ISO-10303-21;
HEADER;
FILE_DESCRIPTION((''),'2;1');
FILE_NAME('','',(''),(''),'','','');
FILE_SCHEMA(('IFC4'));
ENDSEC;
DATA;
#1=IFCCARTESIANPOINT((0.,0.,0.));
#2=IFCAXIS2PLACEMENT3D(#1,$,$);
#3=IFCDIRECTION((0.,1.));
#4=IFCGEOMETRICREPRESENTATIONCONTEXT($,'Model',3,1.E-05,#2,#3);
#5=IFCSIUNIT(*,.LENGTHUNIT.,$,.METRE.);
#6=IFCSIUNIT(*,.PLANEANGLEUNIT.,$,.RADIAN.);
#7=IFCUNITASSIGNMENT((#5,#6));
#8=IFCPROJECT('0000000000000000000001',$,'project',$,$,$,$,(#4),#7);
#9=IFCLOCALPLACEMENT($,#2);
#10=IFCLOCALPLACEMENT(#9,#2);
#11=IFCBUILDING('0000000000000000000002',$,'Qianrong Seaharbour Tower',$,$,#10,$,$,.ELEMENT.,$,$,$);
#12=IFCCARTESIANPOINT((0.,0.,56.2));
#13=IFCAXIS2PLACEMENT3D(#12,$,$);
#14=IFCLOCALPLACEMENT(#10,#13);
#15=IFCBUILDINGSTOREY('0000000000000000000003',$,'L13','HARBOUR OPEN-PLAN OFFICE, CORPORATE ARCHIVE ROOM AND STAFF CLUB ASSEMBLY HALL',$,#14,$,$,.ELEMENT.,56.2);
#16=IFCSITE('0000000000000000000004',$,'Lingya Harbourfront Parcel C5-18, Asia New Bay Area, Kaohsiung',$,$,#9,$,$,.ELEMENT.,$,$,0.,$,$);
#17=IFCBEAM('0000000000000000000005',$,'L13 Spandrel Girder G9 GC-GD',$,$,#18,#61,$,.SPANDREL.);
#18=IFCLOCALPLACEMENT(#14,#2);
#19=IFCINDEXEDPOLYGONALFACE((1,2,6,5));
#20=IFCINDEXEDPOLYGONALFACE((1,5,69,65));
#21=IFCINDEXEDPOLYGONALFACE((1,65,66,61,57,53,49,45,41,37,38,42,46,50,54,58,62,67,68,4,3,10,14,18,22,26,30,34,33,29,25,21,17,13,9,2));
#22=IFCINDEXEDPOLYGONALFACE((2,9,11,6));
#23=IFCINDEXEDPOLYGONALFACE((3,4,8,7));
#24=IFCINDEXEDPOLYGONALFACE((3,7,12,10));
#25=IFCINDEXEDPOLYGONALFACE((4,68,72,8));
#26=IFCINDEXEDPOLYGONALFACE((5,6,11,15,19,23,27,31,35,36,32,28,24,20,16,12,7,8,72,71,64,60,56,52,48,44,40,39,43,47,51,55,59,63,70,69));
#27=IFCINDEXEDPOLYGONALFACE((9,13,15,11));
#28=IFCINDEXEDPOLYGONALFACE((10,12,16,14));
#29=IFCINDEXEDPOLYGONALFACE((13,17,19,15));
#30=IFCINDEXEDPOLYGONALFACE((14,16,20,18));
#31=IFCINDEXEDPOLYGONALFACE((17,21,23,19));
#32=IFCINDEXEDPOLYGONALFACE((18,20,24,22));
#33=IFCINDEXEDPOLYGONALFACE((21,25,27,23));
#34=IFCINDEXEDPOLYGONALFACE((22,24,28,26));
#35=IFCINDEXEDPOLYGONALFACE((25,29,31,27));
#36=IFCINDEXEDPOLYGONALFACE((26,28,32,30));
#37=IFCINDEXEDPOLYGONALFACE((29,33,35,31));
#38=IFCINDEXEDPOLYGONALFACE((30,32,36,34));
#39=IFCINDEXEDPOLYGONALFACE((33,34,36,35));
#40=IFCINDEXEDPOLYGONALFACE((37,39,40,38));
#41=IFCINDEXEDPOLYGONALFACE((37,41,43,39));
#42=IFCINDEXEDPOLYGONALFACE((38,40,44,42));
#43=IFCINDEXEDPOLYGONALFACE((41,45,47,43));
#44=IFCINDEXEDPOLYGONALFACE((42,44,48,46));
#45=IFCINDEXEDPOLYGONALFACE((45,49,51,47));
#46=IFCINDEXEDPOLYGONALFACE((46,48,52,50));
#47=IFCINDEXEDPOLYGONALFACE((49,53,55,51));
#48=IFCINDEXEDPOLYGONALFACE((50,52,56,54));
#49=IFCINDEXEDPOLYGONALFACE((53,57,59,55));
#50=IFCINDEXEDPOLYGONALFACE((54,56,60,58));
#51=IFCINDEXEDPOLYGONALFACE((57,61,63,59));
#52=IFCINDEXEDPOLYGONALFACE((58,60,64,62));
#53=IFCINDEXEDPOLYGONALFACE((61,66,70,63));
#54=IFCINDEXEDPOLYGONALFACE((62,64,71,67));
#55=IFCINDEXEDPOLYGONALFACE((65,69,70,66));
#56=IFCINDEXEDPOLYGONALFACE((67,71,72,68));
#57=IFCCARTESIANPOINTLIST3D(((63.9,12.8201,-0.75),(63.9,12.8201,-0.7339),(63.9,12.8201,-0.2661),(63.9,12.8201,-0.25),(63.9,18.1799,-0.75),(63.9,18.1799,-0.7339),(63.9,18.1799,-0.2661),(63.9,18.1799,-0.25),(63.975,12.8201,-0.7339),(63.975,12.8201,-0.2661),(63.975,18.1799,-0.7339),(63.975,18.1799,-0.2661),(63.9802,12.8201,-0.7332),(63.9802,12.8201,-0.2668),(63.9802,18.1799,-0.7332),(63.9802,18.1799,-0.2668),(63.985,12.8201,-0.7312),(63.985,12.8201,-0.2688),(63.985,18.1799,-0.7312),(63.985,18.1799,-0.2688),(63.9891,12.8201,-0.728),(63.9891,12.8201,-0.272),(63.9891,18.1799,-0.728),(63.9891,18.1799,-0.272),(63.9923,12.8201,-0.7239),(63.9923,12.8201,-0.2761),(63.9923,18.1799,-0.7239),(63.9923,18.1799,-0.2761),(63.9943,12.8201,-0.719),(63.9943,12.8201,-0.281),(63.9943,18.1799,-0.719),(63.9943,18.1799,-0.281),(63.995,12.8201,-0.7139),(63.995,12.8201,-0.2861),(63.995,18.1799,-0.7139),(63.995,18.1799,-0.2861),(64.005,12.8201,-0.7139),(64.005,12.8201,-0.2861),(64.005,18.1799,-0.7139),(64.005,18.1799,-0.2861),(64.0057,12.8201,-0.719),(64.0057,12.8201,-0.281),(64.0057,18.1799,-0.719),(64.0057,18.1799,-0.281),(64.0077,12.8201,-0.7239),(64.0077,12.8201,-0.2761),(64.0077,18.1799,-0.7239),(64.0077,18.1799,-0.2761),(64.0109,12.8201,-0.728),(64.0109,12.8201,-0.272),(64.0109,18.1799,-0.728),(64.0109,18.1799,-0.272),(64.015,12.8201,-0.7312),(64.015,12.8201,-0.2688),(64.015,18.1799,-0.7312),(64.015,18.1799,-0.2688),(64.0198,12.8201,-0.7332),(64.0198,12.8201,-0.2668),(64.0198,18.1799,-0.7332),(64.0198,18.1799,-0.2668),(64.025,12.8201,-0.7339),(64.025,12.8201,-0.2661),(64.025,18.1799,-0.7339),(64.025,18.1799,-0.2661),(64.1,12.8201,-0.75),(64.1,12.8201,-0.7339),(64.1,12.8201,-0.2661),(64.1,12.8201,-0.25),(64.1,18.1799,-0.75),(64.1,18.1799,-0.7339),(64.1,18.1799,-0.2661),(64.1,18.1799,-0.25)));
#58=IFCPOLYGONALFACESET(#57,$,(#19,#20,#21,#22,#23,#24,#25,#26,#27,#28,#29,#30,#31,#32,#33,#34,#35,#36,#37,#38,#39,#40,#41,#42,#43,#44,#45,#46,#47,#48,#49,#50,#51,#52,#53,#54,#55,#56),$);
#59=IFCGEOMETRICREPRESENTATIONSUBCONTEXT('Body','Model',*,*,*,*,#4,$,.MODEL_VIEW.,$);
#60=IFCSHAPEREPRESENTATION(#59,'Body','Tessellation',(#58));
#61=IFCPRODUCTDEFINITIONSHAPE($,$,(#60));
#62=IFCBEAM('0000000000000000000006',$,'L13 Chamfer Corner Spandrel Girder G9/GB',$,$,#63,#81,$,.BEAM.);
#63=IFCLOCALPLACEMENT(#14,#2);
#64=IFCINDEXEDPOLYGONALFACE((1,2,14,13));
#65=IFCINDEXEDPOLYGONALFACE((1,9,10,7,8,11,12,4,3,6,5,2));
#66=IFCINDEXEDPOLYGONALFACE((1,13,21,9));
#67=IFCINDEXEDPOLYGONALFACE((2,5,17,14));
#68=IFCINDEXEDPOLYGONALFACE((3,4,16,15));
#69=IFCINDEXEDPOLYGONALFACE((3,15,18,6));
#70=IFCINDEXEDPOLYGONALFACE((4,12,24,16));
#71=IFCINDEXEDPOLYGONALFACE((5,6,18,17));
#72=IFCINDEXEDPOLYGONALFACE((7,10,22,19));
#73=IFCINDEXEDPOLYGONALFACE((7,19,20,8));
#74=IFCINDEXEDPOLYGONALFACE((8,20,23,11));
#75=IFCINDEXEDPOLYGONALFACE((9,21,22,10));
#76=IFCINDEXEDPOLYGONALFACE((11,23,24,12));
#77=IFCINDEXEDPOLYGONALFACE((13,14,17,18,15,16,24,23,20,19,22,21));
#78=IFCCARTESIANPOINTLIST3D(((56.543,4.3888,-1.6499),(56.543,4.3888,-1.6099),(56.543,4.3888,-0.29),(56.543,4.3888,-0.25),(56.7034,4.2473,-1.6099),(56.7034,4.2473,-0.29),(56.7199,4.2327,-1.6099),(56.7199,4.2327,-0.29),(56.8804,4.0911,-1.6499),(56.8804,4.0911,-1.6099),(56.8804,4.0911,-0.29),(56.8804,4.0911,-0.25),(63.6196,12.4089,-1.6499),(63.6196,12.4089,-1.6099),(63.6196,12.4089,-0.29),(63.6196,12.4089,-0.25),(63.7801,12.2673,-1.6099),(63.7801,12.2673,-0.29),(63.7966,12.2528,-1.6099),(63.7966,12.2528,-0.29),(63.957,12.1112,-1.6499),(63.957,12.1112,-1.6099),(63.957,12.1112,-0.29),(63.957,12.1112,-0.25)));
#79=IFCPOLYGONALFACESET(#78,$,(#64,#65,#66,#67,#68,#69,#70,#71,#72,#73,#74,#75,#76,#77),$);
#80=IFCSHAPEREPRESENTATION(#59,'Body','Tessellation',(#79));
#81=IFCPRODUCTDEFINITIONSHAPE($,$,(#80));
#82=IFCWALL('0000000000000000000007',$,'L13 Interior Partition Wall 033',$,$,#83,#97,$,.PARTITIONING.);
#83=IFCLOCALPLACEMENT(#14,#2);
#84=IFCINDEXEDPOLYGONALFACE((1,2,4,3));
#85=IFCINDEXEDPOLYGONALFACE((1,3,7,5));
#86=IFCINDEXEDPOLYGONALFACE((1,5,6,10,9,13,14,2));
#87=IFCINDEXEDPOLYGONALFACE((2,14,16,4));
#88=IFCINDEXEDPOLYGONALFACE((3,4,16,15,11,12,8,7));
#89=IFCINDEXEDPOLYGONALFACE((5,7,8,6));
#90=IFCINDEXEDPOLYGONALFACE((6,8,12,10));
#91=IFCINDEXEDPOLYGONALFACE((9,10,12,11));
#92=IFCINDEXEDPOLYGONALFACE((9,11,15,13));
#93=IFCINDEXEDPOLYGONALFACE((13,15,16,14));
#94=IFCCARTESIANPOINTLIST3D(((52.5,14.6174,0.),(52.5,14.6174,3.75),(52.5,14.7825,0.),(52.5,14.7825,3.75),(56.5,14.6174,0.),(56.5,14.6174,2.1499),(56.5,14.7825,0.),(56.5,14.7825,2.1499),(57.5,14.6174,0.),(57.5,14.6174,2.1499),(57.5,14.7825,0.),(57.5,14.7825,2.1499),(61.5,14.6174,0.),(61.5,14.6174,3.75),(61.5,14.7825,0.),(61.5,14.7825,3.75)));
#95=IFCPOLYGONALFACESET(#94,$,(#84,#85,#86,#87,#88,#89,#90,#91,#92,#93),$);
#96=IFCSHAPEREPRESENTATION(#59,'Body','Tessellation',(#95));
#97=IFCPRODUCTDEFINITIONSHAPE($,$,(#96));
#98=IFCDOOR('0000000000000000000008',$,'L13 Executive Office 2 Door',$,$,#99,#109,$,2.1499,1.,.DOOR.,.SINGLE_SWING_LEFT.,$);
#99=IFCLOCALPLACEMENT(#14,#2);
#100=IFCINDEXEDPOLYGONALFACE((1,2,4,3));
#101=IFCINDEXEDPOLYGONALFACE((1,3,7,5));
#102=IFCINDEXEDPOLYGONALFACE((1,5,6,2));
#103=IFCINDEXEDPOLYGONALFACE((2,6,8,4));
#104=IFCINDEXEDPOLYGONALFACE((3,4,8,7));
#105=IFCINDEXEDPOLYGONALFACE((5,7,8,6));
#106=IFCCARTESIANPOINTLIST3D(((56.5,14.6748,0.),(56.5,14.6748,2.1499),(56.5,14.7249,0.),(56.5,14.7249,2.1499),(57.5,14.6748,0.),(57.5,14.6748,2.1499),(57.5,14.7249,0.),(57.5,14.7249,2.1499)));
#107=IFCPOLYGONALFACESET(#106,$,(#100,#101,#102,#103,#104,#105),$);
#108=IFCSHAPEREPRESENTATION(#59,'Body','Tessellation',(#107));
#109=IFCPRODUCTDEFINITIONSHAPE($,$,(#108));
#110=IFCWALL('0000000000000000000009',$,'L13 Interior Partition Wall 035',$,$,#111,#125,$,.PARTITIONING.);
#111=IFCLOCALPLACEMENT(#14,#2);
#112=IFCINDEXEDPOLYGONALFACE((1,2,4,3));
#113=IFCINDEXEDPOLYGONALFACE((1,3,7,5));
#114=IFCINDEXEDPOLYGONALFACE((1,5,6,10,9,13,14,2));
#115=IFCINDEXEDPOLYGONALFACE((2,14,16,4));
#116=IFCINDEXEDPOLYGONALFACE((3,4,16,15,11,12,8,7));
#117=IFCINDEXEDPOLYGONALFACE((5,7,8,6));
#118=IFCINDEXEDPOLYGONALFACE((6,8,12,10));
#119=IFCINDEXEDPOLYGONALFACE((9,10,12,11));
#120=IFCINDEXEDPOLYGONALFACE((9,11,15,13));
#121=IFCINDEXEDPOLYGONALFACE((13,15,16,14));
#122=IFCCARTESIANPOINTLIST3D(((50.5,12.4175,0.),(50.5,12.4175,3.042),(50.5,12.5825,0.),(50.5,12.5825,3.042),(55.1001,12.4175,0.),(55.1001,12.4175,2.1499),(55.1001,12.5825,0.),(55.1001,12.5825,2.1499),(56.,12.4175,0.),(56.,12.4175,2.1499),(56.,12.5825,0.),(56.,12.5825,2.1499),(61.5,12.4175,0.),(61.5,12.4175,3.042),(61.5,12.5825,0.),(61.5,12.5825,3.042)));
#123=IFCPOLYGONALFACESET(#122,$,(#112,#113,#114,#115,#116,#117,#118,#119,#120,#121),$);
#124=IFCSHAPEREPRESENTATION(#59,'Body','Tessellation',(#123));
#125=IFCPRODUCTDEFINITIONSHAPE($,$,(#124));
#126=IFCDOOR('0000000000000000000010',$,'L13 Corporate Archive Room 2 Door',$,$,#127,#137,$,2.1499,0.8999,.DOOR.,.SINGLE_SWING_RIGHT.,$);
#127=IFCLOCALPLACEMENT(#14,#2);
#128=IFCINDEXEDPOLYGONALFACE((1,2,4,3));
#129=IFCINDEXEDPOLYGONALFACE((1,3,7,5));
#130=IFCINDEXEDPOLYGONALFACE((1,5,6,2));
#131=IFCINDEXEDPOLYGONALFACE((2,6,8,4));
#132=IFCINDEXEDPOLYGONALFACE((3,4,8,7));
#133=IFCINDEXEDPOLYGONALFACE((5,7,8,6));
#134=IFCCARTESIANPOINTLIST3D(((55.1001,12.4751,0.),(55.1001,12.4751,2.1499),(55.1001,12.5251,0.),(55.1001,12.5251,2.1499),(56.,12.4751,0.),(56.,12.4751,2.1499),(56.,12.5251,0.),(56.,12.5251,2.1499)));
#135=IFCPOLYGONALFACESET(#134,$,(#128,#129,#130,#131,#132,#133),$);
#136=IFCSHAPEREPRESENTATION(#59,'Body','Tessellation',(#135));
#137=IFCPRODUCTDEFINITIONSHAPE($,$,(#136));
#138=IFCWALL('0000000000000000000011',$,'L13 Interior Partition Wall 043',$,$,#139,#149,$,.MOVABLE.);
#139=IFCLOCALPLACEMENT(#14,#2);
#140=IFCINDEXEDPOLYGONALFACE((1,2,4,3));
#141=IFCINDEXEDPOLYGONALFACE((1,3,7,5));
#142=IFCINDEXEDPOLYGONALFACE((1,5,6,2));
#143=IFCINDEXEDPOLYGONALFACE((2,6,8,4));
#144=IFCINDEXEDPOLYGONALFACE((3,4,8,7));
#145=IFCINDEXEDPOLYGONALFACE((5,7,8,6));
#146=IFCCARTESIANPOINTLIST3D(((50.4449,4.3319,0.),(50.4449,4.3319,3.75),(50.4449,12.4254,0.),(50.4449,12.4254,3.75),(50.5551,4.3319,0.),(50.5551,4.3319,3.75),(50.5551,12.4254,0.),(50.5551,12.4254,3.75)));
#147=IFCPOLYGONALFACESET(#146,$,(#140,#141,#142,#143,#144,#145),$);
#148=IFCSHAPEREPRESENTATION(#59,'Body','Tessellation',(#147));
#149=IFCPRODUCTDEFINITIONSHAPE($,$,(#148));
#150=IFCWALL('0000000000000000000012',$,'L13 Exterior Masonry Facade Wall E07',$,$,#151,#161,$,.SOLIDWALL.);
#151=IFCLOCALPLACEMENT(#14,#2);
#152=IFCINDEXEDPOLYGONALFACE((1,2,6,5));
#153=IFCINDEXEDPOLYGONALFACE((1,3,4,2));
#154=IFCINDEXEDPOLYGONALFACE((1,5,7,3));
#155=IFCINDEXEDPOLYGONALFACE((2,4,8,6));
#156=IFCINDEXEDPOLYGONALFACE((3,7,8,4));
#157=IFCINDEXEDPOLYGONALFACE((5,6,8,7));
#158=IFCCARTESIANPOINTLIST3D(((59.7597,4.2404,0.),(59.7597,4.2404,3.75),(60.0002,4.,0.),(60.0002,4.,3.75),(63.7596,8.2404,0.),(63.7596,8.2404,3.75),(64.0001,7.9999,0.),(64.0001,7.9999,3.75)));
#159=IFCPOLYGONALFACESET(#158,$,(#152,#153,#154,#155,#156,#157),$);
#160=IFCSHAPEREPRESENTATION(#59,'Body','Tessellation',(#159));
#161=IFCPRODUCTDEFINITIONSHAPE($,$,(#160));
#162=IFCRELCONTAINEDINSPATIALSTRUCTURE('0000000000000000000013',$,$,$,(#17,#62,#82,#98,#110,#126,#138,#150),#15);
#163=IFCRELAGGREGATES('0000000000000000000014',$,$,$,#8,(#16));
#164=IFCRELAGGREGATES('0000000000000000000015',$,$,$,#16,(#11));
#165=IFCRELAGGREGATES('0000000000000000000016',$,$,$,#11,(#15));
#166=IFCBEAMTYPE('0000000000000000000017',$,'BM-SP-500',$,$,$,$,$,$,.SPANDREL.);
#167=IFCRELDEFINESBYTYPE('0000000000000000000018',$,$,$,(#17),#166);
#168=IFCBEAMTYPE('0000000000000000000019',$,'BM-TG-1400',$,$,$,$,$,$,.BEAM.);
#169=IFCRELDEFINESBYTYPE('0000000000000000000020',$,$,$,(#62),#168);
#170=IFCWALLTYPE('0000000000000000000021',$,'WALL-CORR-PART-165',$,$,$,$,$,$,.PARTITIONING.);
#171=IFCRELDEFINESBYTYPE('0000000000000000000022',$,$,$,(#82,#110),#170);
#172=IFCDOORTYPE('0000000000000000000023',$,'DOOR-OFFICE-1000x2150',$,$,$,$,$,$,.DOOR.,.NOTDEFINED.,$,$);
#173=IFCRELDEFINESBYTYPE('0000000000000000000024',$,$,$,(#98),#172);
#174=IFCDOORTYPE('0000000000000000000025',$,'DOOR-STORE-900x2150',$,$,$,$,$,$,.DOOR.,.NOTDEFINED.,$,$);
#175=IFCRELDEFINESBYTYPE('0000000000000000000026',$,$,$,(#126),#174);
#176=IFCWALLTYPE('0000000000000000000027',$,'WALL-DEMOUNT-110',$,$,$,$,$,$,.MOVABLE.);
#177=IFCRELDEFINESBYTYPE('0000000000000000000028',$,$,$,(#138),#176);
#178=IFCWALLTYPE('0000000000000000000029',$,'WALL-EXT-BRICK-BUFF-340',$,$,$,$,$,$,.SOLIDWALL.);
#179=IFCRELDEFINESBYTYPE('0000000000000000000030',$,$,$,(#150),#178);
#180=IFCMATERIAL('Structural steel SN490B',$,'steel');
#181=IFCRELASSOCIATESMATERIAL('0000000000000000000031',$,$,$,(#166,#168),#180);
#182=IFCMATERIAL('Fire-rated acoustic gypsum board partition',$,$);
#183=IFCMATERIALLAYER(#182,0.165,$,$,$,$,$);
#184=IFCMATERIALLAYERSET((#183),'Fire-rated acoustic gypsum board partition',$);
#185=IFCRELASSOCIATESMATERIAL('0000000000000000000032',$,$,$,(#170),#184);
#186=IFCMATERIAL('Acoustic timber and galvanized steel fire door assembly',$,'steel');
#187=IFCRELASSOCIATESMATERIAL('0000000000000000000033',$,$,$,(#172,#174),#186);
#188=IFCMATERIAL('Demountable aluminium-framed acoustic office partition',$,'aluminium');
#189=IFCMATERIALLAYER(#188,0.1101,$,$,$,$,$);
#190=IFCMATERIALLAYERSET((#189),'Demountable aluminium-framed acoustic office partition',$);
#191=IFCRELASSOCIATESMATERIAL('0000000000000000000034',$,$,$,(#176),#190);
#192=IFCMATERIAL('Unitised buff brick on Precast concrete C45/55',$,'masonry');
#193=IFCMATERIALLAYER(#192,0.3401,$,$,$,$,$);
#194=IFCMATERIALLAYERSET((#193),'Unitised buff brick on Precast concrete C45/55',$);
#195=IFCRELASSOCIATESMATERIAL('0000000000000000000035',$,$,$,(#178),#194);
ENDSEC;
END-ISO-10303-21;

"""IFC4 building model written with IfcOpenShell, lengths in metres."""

from ifc_helpers import new_model, si_unit, direction, frame, frame_2d, origin, origin_2d, place, context, subcontext, project, spatial, rectangle, i_section, extrude, material, layer, layer_set, material_profile, profile_set, type_object, element, fill, save


model = new_model("IFC4")

# Units and contexts
model_context = context("Model", 3, precision=1e-05, world=origin(), true_north=direction((0.0, 1.0)))
body_context = subcontext(model_context, "Body", "Model", "MODEL_VIEW")
ifc_project = project(units=[si_unit("LENGTHUNIT", "METRE"), si_unit("PLANEANGLEUNIT", "RADIAN")], contexts=[model_context])

# Site, building, storey
site_placement = place(None, origin())
site = spatial("IfcSite", under=ifc_project, at=site_placement, Name="Lingya Harbourfront Parcel C5-18, Asia New Bay Area, Kaohsiung", CompositionType="ELEMENT", RefElevation=0.0)
building_placement = place(site_placement, origin())
building = spatial("IfcBuilding", under=site, at=building_placement, Name="Qianrong Seaharbour Tower", CompositionType="ELEMENT")
storey_placement = place(building_placement, frame((0.0, 0.0, 56.2)))
storey = spatial("IfcBuildingStorey", under=building, at=storey_placement, Name="L13", Description="HARBOUR OPEN-PLAN OFFICE, CORPORATE ARCHIVE ROOM AND STAFF CLUB ASSEMBLY HALL", CompositionType="ELEMENT", Elevation=56.2)

# Shared definitions
ifc_material_1 = material(Name="Structural steel SN490B", Category="steel")

# Beams
ifc_material_profile_1 = material_profile(ifc_material_1, i_section(OverallWidth=0.2, OverallDepth=0.5, WebThickness=0.01, FlangeThickness=0.0161, FilletRadius=0.02, at=origin_2d()), Name="H500x200x10x16")
ifc_profile_set_1 = profile_set([ifc_material_profile_1], Name="Structural steel SN490B")
beam_type_1 = type_object("IfcBeamType", Name="BM-SP-500", PredefinedType="SPANDREL", material=ifc_profile_set_1)
beam_1_placement = place(storey_placement, frame((64.0, 12.8201, -0.5), z_axis=(0.0, 1.0, 0.0), x_axis=(-1.0, 0.0, 0.0)))
element("IfcBeam", 1, at=beam_1_placement, inside=storey, type_object=beam_type_1, Name="L13 Spandrel Girder G9 GC-GD", PredefinedType="SPANDREL", context=body_context, shape_type="SweptSolid", body=[
    extrude(i_section(OverallWidth=0.2, OverallDepth=0.5, WebThickness=0.01, FlangeThickness=0.0161, FilletRadius=0.02, at=origin_2d()), origin(), (0.0, 0.0, 1.0), 5.3599),
])
ifc_material_profile_2 = material_profile(ifc_material_1, i_section(OverallWidth=0.45, OverallDepth=1.3999, WebThickness=0.022, FlangeThickness=0.04, at=origin_2d()), Name="BH1400x450x22x40")
ifc_profile_set_2 = profile_set([ifc_material_profile_2], Name="Structural steel SN490B")
beam_type_2 = type_object("IfcBeamType", Name="BM-TG-1400", PredefinedType="BEAM", material=ifc_profile_set_2)
beam_2_placement = place(storey_placement, frame((56.7117, 4.24, -0.95), z_axis=(0.661631, 0.74983, 0.0), x_axis=(-0.74983, 0.661631, 0.0)))
element("IfcBeam", 2, at=beam_2_placement, inside=storey, type_object=beam_type_2, Name="L13 Chamfer Corner Spandrel Girder G9/GB", PredefinedType="BEAM", context=body_context, shape_type="SweptSolid", body=[
    extrude(i_section(OverallWidth=0.45, OverallDepth=1.3999, WebThickness=0.022, FlangeThickness=0.04, at=origin_2d()), origin(), (0.0, 0.0, 1.0), 10.6958),
])

# Walls, openings, doors
ifc_material_2 = material(Name="Fire-rated acoustic gypsum board partition")
ifc_layer_1 = layer(ifc_material_2, 0.165)
ifc_layer_set_1 = layer_set([ifc_layer_1], Name="Fire-rated acoustic gypsum board partition")
wall_type_1 = type_object("IfcWallType", Name="WALL-CORR-PART-165", PredefinedType="PARTITIONING", material=ifc_layer_set_1)
wall_1_placement = place(storey_placement, frame((52.5, 14.7, 0.0), z_axis=(0.0, 0.0, 1.0), x_axis=(1.0, 0.0, 0.0)))
wall_1 = element("IfcWall", 3, at=wall_1_placement, inside=storey, type_object=wall_type_1, Name="L13 Interior Partition Wall 033", PredefinedType="PARTITIONING", context=body_context, shape_type="SweptSolid", body=[
    extrude(rectangle(XDim=9.0, YDim=0.165, at=frame_2d((4.5, 0.0))), origin(), (0.0, 0.0, 1.0), 3.75),
])
opening_1_placement = place(wall_1_placement, frame((4.0, 0.0, 0.0)))
opening_1 = element("IfcOpeningElement", 4, at=opening_1_placement, cuts=wall_1, PredefinedType="OPENING", context=body_context, shape_type="SweptSolid", body=[
    extrude(rectangle(XDim=1.0, YDim=2.1499, at=frame_2d((0.5, 1.075))), frame((0.0, 0.0925, 0.0), z_axis=(0.0, -1.0, 0.0), x_axis=(1.0, 0.0, 0.0)), (0.0, 0.0, 1.0), 0.1851),
])
ifc_material_3 = material(Name="Acoustic timber and galvanized steel fire door assembly", Category="steel")
door_type_1 = type_object("IfcDoorType", Name="DOOR-OFFICE-1000x2150", OperationType="NOTDEFINED", PredefinedType="DOOR", material=ifc_material_3)
door_1_placement = place(opening_1_placement, origin())
door_1 = element("IfcDoor", 5, at=door_1_placement, inside=storey, type_object=door_type_1, Name="L13 Executive Office 2 Door", OperationType="SINGLE_SWING_LEFT", OverallHeight=2.1499, OverallWidth=1.0, PredefinedType="DOOR", context=body_context, shape_type="SweptSolid", body=[
    extrude(rectangle(XDim=1.0, YDim=2.1499, at=frame_2d((0.5, 1.075))), frame((0.0, 0.0249, 0.0), z_axis=(0.0, -1.0, 0.0), x_axis=(1.0, 0.0, 0.0)), (0.0, 0.0, 1.0), 0.05),
])
fill(opening_1, door_1)
wall_2_placement = place(storey_placement, frame((61.5, 12.5, 0.0), z_axis=(0.0, 0.0, 1.0), x_axis=(-1.0, 0.0, 0.0)))
wall_2 = element("IfcWall", 6, at=wall_2_placement, inside=storey, type_object=wall_type_1, Name="L13 Interior Partition Wall 035", PredefinedType="PARTITIONING", context=body_context, shape_type="SweptSolid", body=[
    extrude(rectangle(XDim=11.0, YDim=0.165, at=frame_2d((5.5, 0.0))), origin(), (0.0, 0.0, 1.0), 3.042),
])
opening_2_placement = place(wall_2_placement, frame((5.5, 0.0, 0.0)))
opening_2 = element("IfcOpeningElement", 7, at=opening_2_placement, cuts=wall_2, PredefinedType="OPENING", context=body_context, shape_type="SweptSolid", body=[
    extrude(rectangle(XDim=0.8999, YDim=2.1499, at=frame_2d((0.45, 1.075))), frame((0.0, 0.0925, 0.0), z_axis=(0.0, -1.0, 0.0), x_axis=(1.0, 0.0, 0.0)), (0.0, 0.0, 1.0), 0.1851),
])
door_type_2 = type_object("IfcDoorType", Name="DOOR-STORE-900x2150", OperationType="NOTDEFINED", PredefinedType="DOOR", material=ifc_material_3)
door_2_placement = place(opening_2_placement, origin())
door_2 = element("IfcDoor", 8, at=door_2_placement, inside=storey, type_object=door_type_2, Name="L13 Corporate Archive Room 2 Door", OperationType="SINGLE_SWING_RIGHT", OverallHeight=2.1499, OverallWidth=0.8999, PredefinedType="DOOR", context=body_context, shape_type="SweptSolid", body=[
    extrude(rectangle(XDim=0.8999, YDim=2.1499, at=frame_2d((0.45, 1.075))), frame((0.0, 0.0249, 0.0), z_axis=(0.0, -1.0, 0.0), x_axis=(1.0, 0.0, 0.0)), (0.0, 0.0, 1.0), 0.05),
])
fill(opening_2, door_2)

# Walls
ifc_material_4 = material(Name="Demountable aluminium-framed acoustic office partition", Category="aluminium")
ifc_layer_2 = layer(ifc_material_4, 0.1101)
ifc_layer_set_2 = layer_set([ifc_layer_2], Name="Demountable aluminium-framed acoustic office partition")
wall_type_2 = type_object("IfcWallType", Name="WALL-DEMOUNT-110", PredefinedType="MOVABLE", material=ifc_layer_set_2)
wall_3_placement = place(storey_placement, frame((50.5, 12.4255, 0.0), z_axis=(0.0, 0.0, 1.0), x_axis=(0.0, -1.0, 0.0)))
element("IfcWall", 9, at=wall_3_placement, inside=storey, type_object=wall_type_2, Name="L13 Interior Partition Wall 043", PredefinedType="MOVABLE", context=body_context, shape_type="SweptSolid", body=[
    extrude(rectangle(XDim=8.0935, YDim=0.1101, at=frame_2d((4.0469, 0.0))), origin(), (0.0, 0.0, 1.0), 3.75),
])
ifc_material_5 = material(Name="Unitised buff brick on Precast concrete C45/55", Category="masonry")
ifc_layer_3 = layer(ifc_material_5, 0.3401)
ifc_layer_set_3 = layer_set([ifc_layer_3], Name="Unitised buff brick on Precast concrete C45/55")
wall_type_3 = type_object("IfcWallType", Name="WALL-EXT-BRICK-BUFF-340", PredefinedType="SOLIDWALL", material=ifc_layer_set_3)
wall_4_placement = place(storey_placement, frame((63.8799, 8.1201, 0.0), z_axis=(0.0, 0.0, 1.0), x_axis=(-0.707107, -0.707107, 0.0)))
element("IfcWall", 10, at=wall_4_placement, inside=storey, type_object=wall_type_3, Name="L13 Exterior Masonry Facade Wall E07", PredefinedType="SOLIDWALL", context=body_context, shape_type="SweptSolid", body=[
    extrude(rectangle(XDim=5.6567, YDim=0.3401, at=frame_2d((2.8284, 0.0))), origin(), (0.0, 0.0, 1.0), 3.75),
])

save(model, "model.ifc")
